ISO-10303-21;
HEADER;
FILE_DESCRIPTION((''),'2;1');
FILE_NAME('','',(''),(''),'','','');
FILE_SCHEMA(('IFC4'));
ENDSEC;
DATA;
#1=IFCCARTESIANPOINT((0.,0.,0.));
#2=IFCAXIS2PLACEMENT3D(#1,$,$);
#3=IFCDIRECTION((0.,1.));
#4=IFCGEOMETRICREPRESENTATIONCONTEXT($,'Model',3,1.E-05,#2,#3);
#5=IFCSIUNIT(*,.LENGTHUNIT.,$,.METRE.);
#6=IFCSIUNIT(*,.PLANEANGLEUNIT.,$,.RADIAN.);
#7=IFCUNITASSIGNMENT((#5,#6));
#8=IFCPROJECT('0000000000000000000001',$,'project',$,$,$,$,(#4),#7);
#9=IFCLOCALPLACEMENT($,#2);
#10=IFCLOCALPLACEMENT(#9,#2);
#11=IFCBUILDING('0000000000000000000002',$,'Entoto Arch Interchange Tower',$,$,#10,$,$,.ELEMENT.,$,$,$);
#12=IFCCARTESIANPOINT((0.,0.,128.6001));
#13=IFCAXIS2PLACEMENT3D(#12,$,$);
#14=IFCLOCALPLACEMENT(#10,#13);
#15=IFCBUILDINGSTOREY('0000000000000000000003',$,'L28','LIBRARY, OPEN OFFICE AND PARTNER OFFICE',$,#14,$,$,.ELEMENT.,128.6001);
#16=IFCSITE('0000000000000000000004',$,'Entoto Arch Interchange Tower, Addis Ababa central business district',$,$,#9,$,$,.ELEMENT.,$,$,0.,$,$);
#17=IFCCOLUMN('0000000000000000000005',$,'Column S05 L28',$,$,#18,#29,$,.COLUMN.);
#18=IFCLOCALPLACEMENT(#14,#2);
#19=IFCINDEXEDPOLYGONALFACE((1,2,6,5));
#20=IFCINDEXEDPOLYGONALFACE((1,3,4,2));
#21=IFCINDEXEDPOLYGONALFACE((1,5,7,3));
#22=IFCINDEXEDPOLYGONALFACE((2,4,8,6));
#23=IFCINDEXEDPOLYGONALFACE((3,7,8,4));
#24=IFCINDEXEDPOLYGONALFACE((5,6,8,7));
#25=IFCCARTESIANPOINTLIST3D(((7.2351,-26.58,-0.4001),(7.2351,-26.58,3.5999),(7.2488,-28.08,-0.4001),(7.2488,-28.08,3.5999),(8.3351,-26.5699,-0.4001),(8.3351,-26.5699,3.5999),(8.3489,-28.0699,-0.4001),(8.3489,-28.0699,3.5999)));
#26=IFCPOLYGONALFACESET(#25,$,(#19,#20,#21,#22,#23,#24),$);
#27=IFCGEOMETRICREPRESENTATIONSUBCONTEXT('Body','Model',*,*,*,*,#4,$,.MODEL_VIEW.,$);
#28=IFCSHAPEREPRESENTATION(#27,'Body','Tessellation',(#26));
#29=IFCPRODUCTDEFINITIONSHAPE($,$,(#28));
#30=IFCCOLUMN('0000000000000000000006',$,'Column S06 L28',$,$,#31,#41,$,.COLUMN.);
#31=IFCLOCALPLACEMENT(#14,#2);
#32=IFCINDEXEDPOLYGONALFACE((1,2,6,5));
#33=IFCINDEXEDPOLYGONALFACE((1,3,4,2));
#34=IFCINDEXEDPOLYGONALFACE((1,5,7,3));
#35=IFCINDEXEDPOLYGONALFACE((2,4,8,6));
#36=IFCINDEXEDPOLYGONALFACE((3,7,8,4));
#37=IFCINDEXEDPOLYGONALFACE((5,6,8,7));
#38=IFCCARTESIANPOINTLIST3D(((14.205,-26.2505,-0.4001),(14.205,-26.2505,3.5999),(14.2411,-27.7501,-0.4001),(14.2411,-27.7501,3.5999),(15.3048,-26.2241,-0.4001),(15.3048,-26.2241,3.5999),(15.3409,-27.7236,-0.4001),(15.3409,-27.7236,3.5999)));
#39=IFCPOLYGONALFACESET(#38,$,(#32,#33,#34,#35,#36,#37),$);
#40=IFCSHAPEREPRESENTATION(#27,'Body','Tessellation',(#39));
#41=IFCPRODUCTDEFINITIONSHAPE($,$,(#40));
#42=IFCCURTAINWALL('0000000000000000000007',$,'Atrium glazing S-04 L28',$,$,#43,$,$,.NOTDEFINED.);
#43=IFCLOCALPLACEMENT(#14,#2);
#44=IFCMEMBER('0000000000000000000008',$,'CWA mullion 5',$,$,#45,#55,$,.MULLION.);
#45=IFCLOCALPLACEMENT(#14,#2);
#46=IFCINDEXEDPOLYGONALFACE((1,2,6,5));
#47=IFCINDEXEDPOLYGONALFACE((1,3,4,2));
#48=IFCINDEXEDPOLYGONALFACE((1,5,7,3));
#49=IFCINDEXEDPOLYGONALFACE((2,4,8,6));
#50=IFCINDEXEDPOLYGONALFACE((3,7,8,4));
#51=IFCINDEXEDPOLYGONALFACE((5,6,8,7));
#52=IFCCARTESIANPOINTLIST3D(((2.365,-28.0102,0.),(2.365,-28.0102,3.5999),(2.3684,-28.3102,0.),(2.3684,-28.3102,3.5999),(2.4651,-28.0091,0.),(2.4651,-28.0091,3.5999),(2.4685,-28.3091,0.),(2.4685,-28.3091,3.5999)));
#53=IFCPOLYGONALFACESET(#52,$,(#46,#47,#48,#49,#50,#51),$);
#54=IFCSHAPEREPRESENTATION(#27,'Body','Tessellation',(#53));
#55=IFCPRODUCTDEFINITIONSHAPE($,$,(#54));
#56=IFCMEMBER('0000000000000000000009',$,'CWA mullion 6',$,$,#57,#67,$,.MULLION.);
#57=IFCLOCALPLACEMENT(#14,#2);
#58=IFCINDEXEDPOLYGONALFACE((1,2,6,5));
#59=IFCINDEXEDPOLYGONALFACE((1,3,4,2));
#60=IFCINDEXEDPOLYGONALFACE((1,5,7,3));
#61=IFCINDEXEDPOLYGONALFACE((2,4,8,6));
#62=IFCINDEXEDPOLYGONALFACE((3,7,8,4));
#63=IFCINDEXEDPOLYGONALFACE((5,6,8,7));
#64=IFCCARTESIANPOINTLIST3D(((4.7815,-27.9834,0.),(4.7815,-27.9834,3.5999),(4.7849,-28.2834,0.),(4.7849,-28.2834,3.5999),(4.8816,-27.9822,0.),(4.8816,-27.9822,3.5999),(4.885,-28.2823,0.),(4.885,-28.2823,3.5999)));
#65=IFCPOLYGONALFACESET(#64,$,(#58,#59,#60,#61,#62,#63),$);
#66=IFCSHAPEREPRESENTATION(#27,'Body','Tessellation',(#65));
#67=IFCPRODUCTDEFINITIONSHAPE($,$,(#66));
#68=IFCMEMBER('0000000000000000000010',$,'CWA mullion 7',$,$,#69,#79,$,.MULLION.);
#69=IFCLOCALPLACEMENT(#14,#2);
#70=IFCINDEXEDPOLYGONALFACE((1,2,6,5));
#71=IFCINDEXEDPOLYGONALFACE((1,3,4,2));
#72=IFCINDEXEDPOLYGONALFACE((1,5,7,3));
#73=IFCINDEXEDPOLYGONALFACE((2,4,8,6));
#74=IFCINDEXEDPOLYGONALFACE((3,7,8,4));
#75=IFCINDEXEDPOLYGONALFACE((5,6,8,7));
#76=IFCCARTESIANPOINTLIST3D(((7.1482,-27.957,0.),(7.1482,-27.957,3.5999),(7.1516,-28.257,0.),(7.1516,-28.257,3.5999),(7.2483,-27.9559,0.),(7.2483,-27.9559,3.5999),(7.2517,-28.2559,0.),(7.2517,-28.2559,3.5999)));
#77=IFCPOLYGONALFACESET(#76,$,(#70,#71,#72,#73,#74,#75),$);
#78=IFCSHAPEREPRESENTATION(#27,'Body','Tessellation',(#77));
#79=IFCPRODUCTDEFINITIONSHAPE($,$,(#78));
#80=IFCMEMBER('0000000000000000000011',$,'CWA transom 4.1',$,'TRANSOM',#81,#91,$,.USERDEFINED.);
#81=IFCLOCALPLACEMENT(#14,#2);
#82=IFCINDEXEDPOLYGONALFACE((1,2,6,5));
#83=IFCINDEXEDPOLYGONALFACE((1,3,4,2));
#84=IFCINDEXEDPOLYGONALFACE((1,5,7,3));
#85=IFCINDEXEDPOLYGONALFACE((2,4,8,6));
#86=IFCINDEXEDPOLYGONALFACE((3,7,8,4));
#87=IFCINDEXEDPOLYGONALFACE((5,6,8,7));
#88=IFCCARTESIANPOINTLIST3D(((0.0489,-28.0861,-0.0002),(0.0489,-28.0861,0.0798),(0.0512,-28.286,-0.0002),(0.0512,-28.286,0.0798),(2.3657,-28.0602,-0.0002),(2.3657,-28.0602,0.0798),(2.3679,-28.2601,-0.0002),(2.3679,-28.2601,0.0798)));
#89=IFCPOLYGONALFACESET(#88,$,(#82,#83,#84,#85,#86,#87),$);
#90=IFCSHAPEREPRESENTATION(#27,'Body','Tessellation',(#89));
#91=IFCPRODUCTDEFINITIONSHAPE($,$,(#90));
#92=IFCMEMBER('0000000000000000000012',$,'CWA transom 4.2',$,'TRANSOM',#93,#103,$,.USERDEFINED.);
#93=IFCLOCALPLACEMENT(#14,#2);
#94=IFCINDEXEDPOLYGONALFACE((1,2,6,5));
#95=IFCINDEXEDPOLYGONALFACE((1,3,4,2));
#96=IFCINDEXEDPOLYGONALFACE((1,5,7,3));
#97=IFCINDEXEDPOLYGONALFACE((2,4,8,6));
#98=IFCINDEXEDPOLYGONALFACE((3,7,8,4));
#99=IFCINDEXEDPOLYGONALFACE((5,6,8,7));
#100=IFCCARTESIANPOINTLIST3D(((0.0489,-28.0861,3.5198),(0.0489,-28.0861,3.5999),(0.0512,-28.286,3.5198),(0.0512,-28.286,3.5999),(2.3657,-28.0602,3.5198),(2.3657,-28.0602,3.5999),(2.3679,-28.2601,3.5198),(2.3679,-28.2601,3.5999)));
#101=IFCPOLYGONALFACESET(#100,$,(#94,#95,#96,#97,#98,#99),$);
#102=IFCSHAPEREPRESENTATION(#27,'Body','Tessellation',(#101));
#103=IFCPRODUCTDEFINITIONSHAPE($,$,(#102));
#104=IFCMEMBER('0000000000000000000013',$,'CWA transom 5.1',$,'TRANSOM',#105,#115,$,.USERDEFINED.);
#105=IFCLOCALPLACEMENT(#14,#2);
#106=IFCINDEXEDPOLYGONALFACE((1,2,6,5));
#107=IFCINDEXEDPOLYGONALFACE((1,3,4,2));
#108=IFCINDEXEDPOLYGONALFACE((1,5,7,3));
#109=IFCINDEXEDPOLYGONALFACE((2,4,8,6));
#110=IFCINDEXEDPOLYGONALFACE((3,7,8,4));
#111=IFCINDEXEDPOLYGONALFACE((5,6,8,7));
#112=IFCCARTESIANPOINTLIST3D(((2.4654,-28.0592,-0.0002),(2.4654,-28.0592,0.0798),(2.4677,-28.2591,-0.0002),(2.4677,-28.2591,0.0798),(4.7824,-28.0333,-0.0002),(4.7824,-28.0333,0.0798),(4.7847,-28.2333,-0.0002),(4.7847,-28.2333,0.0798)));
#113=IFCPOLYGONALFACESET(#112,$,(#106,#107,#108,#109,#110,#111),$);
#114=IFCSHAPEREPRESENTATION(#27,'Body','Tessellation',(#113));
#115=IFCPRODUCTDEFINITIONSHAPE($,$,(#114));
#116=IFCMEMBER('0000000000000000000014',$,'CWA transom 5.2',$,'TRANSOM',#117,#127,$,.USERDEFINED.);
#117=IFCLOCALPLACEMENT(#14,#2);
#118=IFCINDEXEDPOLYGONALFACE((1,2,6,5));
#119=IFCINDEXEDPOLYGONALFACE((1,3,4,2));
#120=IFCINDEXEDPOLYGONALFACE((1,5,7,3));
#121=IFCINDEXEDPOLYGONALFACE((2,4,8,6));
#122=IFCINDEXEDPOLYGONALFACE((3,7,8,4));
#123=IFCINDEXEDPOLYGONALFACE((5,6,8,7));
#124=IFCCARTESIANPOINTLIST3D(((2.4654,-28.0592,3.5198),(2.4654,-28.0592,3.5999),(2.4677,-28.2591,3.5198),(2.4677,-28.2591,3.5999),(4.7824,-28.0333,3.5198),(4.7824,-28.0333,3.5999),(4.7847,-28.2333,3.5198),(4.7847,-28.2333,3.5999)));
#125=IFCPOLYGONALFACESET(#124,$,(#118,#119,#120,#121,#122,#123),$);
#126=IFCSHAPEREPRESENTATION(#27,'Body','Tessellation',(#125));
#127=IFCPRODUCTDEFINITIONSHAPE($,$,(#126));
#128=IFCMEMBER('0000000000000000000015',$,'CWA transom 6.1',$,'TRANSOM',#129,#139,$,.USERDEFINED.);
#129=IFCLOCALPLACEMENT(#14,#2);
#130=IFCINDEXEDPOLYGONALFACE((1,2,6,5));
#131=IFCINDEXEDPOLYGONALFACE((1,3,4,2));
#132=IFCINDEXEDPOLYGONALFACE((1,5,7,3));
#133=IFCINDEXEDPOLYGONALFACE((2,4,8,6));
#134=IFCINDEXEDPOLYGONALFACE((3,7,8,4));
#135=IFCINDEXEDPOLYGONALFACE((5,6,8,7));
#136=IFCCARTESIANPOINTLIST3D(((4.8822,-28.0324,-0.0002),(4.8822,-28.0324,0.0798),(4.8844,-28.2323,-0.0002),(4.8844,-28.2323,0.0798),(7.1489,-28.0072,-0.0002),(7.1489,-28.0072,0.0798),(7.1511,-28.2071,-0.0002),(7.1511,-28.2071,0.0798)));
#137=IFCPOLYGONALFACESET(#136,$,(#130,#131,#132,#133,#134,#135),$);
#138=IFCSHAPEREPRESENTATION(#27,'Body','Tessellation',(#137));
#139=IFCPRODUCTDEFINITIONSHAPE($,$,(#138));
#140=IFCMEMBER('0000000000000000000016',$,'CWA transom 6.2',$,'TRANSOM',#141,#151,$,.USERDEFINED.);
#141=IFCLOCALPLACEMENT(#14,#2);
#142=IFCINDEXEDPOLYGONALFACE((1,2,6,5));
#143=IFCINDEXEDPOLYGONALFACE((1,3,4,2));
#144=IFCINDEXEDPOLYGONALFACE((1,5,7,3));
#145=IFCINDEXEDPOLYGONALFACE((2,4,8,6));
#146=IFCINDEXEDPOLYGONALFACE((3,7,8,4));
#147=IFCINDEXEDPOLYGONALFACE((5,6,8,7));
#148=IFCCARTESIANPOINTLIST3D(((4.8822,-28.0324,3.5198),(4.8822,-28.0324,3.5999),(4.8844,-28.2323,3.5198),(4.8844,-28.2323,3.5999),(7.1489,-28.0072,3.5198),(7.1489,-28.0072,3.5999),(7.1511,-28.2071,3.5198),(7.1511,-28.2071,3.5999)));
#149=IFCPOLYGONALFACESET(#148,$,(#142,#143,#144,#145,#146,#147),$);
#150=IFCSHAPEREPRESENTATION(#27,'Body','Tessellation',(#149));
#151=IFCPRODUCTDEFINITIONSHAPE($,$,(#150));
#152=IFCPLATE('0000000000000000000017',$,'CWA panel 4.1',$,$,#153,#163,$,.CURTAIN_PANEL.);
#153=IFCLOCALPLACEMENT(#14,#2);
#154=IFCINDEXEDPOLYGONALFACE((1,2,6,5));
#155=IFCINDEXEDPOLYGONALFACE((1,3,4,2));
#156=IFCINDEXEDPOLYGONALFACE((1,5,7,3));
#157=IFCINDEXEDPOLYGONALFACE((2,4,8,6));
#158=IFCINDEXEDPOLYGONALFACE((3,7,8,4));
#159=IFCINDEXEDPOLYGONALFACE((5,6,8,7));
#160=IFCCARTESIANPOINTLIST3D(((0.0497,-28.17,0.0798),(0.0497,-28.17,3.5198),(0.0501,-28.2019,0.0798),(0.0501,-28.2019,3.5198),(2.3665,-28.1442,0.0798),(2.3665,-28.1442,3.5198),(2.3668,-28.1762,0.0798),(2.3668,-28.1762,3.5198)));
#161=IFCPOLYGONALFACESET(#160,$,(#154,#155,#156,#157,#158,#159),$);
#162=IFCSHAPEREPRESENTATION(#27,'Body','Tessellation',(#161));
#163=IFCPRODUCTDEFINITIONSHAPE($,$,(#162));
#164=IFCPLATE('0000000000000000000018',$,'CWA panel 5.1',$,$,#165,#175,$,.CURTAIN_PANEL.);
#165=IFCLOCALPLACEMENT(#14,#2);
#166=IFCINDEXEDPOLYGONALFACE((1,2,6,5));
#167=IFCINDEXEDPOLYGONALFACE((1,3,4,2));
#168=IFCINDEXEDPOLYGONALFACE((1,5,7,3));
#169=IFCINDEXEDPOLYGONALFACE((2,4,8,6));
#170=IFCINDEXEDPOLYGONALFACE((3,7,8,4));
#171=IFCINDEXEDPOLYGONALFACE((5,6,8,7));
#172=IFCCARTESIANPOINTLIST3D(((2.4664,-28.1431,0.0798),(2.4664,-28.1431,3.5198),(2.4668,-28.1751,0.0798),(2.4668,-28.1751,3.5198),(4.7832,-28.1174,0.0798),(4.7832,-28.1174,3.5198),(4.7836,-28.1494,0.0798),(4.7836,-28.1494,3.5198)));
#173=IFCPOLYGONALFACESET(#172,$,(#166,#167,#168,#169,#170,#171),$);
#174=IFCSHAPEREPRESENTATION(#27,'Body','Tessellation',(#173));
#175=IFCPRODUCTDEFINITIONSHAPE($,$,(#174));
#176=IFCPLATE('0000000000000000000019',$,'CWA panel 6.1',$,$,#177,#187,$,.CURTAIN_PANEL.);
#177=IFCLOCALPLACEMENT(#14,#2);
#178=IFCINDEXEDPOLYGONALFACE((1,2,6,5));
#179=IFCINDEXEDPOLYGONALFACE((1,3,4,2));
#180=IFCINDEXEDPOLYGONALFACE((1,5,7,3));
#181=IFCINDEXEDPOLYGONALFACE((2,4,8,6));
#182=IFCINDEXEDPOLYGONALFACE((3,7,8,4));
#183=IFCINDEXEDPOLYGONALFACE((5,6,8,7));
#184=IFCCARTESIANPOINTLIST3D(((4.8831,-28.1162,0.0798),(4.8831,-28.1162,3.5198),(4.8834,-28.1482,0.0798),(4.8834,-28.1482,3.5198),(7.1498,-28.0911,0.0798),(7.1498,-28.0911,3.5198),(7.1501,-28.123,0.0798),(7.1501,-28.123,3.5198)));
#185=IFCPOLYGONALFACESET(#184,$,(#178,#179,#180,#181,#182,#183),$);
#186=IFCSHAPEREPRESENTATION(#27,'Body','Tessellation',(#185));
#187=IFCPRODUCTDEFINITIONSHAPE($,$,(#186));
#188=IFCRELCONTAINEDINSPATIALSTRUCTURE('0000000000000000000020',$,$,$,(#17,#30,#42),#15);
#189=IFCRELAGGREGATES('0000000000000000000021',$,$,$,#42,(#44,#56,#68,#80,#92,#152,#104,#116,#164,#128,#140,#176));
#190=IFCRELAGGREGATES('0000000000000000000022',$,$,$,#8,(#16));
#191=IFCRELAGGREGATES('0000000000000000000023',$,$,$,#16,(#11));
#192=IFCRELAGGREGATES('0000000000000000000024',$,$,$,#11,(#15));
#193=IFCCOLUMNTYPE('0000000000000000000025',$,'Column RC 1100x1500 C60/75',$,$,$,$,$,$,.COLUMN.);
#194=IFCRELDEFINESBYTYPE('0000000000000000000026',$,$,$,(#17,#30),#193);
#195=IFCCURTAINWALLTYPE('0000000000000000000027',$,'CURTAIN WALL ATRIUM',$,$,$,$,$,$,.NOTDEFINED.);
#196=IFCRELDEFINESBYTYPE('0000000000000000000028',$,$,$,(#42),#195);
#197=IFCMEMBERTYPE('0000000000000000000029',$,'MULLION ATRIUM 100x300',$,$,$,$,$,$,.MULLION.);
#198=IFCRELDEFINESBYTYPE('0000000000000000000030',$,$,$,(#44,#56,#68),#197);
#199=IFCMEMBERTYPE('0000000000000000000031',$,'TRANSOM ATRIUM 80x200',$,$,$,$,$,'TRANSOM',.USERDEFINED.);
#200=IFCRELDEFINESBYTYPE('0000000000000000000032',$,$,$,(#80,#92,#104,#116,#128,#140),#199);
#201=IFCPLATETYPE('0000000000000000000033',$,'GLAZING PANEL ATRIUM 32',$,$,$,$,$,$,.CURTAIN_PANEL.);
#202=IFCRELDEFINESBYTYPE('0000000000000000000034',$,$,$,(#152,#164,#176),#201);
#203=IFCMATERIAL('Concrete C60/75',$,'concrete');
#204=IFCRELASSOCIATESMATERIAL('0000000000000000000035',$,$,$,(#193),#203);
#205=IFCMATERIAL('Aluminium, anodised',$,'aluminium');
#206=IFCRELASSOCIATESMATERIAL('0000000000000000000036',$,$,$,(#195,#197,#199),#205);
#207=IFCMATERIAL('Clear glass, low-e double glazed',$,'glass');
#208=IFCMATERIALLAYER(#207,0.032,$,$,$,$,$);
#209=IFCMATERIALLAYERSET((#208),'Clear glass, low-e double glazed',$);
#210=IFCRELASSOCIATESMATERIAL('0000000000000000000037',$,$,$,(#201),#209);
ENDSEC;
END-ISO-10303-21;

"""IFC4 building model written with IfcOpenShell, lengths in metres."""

from ifc_helpers import new_model, si_unit, direction, frame, origin, origin_2d, place, context, subcontext, project, spatial, rectangle, extrude, material, layer, layer_set, material_profile, profile_set, type_object, element, aggregate, save


model = new_model("IFC4")

# Units and contexts
model_context = context("Model", 3, precision=1e-05, world=origin(), true_north=direction((0.0, 1.0)))
body_context = subcontext(model_context, "Body", "Model", "MODEL_VIEW")
ifc_project = project(units=[si_unit("LENGTHUNIT", "METRE"), si_unit("PLANEANGLEUNIT", "RADIAN")], contexts=[model_context])

# Site, building, storey
site_placement = place(None, origin())
site = spatial("IfcSite", under=ifc_project, at=site_placement, Name="Entoto Arch Interchange Tower, Addis Ababa central business district", CompositionType="ELEMENT", RefElevation=0.0)
building_placement = place(site_placement, origin())
building = spatial("IfcBuilding", under=site, at=building_placement, Name="Entoto Arch Interchange Tower", CompositionType="ELEMENT")
storey_placement = place(building_placement, frame((0.0, 0.0, 128.6001)))
storey = spatial("IfcBuildingStorey", under=building, at=storey_placement, Name="L28", Description="LIBRARY, OPEN OFFICE AND PARTNER OFFICE", CompositionType="ELEMENT", Elevation=128.6001)

# Columns
ifc_material_1 = material(Name="Concrete C60/75", Category="concrete")
ifc_material_profile_1 = material_profile(ifc_material_1, rectangle(XDim=1.1001, YDim=1.5, at=origin_2d()))
ifc_profile_set_1 = profile_set([ifc_material_profile_1], Name="Concrete C60/75")
column_type = type_object("IfcColumnType", Name="Column RC 1100x1500 C60/75", PredefinedType="COLUMN", material=ifc_profile_set_1)
for number, where, z_axis, x_axis, name in (
    (1, (7.792, -27.325, -0.4001), (0.0, 0.0, 1.0), (0.999958, 0.009163, 0.0), "Column S05 L28"),
    (2, (14.7729, -26.9871, -0.4001), (0.0, 0.0, 1.0), (0.999711, 0.024031, 0.0), "Column S06 L28"),
):
    element("IfcColumn", number, at=place(storey_placement, frame(where, z_axis=z_axis, x_axis=x_axis)), inside=storey, type_object=column_type, Name=name, PredefinedType="COLUMN", context=body_context, shape_type="SweptSolid", body=[
        extrude(rectangle(XDim=1.1001, YDim=1.5, at=origin_2d()), origin(), (0.0, 0.0, 1.0), 4.0),
    ])

# Curtain wall, members, plates
ifc_material_2 = material(Name="Aluminium, anodised", Category="aluminium")
curtain_wall_type = type_object("IfcCurtainWallType", Name="CURTAIN WALL ATRIUM", PredefinedType="NOTDEFINED", material=ifc_material_2)
curtain_wall_placement = place(storey_placement, origin())
curtain_wall = element("IfcCurtainWall", 3, at=curtain_wall_placement, inside=storey, type_object=curtain_wall_type, Name="Atrium glazing S-04 L28", PredefinedType="NOTDEFINED")
ifc_material_profile_2 = material_profile(ifc_material_2, rectangle(XDim=0.3, YDim=0.1001, at=origin_2d()))
ifc_profile_set_2 = profile_set([ifc_material_profile_2], Name="Aluminium, anodised")
member_type_1 = type_object("IfcMemberType", Name="MULLION ATRIUM 100x300", PredefinedType="MULLION", material=ifc_profile_set_2)
member_1_placement = place(storey_placement, frame((2.4167, -28.1597, 0.0), z_axis=(0.0, 0.0, 1.0), x_axis=(-0.011103, 0.999938, 0.0)))
member_1 = element("IfcMember", 4, at=member_1_placement, type_object=member_type_1, Name="CWA mullion 5", PredefinedType="MULLION", context=body_context, shape_type="SweptSolid", body=[
    extrude(rectangle(XDim=0.3, YDim=0.1001, at=origin_2d()), origin(), (0.0, 0.0, 1.0), 3.5999),
])
member_2_placement = place(storey_placement, frame((4.8333, -28.1328, 0.0), z_axis=(0.0, 0.0, 1.0), x_axis=(-0.011103, 0.999938, 0.0)))
member_2 = element("IfcMember", 5, at=member_2_placement, type_object=member_type_1, Name="CWA mullion 6", PredefinedType="MULLION", context=body_context, shape_type="SweptSolid", body=[
    extrude(rectangle(XDim=0.3, YDim=0.1001, at=origin_2d()), origin(), (0.0, 0.0, 1.0), 3.5999),
])
member_3_placement = place(storey_placement, frame((7.2, -28.1064, 0.0), z_axis=(0.0, 0.0, 1.0), x_axis=(-0.011103, 0.999938, 0.0)))
member_3 = element("IfcMember", 6, at=member_3_placement, type_object=member_type_1, Name="CWA mullion 7", PredefinedType="MULLION", context=body_context, shape_type="SweptSolid", body=[
    extrude(rectangle(XDim=0.3, YDim=0.1001, at=origin_2d()), origin(), (0.0, 0.0, 1.0), 3.5999),
])
ifc_material_profile_3 = material_profile(ifc_material_2, rectangle(XDim=0.2, YDim=0.0801, at=origin_2d()))
ifc_profile_set_3 = profile_set([ifc_material_profile_3], Name="Aluminium, anodised")
member_type_2 = type_object("IfcMemberType", Name="TRANSOM ATRIUM 80x200", ElementType="TRANSOM", PredefinedType="USERDEFINED", material=ifc_profile_set_3)
member_4_placement = place(storey_placement, frame((0.05, -28.186, 0.0398), z_axis=(0.999938, 0.01117, 0.0), x_axis=(-0.01117, 0.999938, 0.0)))
member_4 = element("IfcMember", 7, at=member_4_placement, type_object=member_type_2, Name="CWA transom 4.1", ObjectType="TRANSOM", PredefinedType="USERDEFINED", context=body_context, shape_type="SweptSolid", body=[
    extrude(rectangle(XDim=0.2, YDim=0.0801, at=origin_2d()), origin(), (0.0, 0.0, 1.0), 2.3169),
])
member_5_placement = place(storey_placement, frame((0.05, -28.186, 3.5598), z_axis=(0.999938, 0.01117, 0.0), x_axis=(-0.01117, 0.999938, 0.0)))
member_5 = element("IfcMember", 8, at=member_5_placement, type_object=member_type_2, Name="CWA transom 4.2", ObjectType="TRANSOM", PredefinedType="USERDEFINED", context=body_context, shape_type="SweptSolid", body=[
    extrude(rectangle(XDim=0.2, YDim=0.0801, at=origin_2d()), origin(), (0.0, 0.0, 1.0), 2.3169),
])
member_6_placement = place(storey_placement, frame((2.4666, -28.1592, 0.0398), z_axis=(0.999938, 0.011169, 0.0), x_axis=(-0.011169, 0.999938, 0.0)))
member_6 = element("IfcMember", 9, at=member_6_placement, type_object=member_type_2, Name="CWA transom 5.1", ObjectType="TRANSOM", PredefinedType="USERDEFINED", context=body_context, shape_type="SweptSolid", body=[
    extrude(rectangle(XDim=0.2, YDim=0.0801, at=origin_2d()), origin(), (0.0, 0.0, 1.0), 2.3171),
])
member_7_placement = place(storey_placement, frame((2.4666, -28.1592, 3.5598), z_axis=(0.999938, 0.011169, 0.0), x_axis=(-0.011169, 0.999938, 0.0)))
member_7 = element("IfcMember", 10, at=member_7_placement, type_object=member_type_2, Name="CWA transom 5.2", ObjectType="TRANSOM", PredefinedType="USERDEFINED", context=body_context, shape_type="SweptSolid", body=[
    extrude(rectangle(XDim=0.2, YDim=0.0801, at=origin_2d()), origin(), (0.0, 0.0, 1.0), 2.3171),
])
member_8_placement = place(storey_placement, frame((4.8833, -28.1323, 0.0398), z_axis=(0.999938, 0.011094, 0.0), x_axis=(-0.011094, 0.999938, 0.0)))
member_8 = element("IfcMember", 11, at=member_8_placement, type_object=member_type_2, Name="CWA transom 6.1", ObjectType="TRANSOM", PredefinedType="USERDEFINED", context=body_context, shape_type="SweptSolid", body=[
    extrude(rectangle(XDim=0.2, YDim=0.0801, at=origin_2d()), origin(), (0.0, 0.0, 1.0), 2.2668),
])
member_9_placement = place(storey_placement, frame((4.8833, -28.1323, 3.5598), z_axis=(0.999938, 0.011094, 0.0), x_axis=(-0.011094, 0.999938, 0.0)))
member_9 = element("IfcMember", 12, at=member_9_placement, type_object=member_type_2, Name="CWA transom 6.2", ObjectType="TRANSOM", PredefinedType="USERDEFINED", context=body_context, shape_type="SweptSolid", body=[
    extrude(rectangle(XDim=0.2, YDim=0.0801, at=origin_2d()), origin(), (0.0, 0.0, 1.0), 2.2668),
])
ifc_material_3 = material(Name="Clear glass, low-e double glazed", Category="glass")
ifc_layer_1 = layer(ifc_material_3, 0.032)
ifc_layer_set_1 = layer_set([ifc_layer_1], Name="Clear glass, low-e double glazed")
plate_type = type_object("IfcPlateType", Name="GLAZING PANEL ATRIUM 32", PredefinedType="CURTAIN_PANEL", material=ifc_layer_set_1)
plate_1_placement = place(storey_placement, frame((1.2083, -28.1731, 0.0798), z_axis=(0.0, 0.0, 1.0), x_axis=(0.999938, 0.011103, 0.0)))
plate_1 = element("IfcPlate", 13, at=plate_1_placement, type_object=plate_type, Name="CWA panel 4.1", PredefinedType="CURTAIN_PANEL", context=body_context, shape_type="SweptSolid", body=[
    extrude(rectangle(XDim=2.3169, YDim=0.032, at=origin_2d()), origin(), (0.0, 0.0, 1.0), 3.4399),
])
plate_2_placement = place(storey_placement, frame((3.625, -28.1462, 0.0798), z_axis=(0.0, 0.0, 1.0), x_axis=(0.999938, 0.011103, 0.0)))
plate_2 = element("IfcPlate", 14, at=plate_2_placement, type_object=plate_type, Name="CWA panel 5.1", PredefinedType="CURTAIN_PANEL", context=body_context, shape_type="SweptSolid", body=[
    extrude(rectangle(XDim=2.3169, YDim=0.032, at=origin_2d()), origin(), (0.0, 0.0, 1.0), 3.4399),
])
plate_3_placement = place(storey_placement, frame((6.0166, -28.1196, 0.0798), z_axis=(0.0, 0.0, 1.0), x_axis=(0.999938, 0.011103, 0.0)))
plate_3 = element("IfcPlate", 15, at=plate_3_placement, type_object=plate_type, Name="CWA panel 6.1", PredefinedType="CURTAIN_PANEL", context=body_context, shape_type="SweptSolid", body=[
    extrude(rectangle(XDim=2.2668, YDim=0.032, at=origin_2d()), origin(), (0.0, 0.0, 1.0), 3.4399),
])
aggregate(curtain_wall, [member_1, member_2, member_3, member_4, member_5, plate_1, member_6, member_7, plate_2, member_8, member_9, plate_3])

save(model, "model.ifc")
